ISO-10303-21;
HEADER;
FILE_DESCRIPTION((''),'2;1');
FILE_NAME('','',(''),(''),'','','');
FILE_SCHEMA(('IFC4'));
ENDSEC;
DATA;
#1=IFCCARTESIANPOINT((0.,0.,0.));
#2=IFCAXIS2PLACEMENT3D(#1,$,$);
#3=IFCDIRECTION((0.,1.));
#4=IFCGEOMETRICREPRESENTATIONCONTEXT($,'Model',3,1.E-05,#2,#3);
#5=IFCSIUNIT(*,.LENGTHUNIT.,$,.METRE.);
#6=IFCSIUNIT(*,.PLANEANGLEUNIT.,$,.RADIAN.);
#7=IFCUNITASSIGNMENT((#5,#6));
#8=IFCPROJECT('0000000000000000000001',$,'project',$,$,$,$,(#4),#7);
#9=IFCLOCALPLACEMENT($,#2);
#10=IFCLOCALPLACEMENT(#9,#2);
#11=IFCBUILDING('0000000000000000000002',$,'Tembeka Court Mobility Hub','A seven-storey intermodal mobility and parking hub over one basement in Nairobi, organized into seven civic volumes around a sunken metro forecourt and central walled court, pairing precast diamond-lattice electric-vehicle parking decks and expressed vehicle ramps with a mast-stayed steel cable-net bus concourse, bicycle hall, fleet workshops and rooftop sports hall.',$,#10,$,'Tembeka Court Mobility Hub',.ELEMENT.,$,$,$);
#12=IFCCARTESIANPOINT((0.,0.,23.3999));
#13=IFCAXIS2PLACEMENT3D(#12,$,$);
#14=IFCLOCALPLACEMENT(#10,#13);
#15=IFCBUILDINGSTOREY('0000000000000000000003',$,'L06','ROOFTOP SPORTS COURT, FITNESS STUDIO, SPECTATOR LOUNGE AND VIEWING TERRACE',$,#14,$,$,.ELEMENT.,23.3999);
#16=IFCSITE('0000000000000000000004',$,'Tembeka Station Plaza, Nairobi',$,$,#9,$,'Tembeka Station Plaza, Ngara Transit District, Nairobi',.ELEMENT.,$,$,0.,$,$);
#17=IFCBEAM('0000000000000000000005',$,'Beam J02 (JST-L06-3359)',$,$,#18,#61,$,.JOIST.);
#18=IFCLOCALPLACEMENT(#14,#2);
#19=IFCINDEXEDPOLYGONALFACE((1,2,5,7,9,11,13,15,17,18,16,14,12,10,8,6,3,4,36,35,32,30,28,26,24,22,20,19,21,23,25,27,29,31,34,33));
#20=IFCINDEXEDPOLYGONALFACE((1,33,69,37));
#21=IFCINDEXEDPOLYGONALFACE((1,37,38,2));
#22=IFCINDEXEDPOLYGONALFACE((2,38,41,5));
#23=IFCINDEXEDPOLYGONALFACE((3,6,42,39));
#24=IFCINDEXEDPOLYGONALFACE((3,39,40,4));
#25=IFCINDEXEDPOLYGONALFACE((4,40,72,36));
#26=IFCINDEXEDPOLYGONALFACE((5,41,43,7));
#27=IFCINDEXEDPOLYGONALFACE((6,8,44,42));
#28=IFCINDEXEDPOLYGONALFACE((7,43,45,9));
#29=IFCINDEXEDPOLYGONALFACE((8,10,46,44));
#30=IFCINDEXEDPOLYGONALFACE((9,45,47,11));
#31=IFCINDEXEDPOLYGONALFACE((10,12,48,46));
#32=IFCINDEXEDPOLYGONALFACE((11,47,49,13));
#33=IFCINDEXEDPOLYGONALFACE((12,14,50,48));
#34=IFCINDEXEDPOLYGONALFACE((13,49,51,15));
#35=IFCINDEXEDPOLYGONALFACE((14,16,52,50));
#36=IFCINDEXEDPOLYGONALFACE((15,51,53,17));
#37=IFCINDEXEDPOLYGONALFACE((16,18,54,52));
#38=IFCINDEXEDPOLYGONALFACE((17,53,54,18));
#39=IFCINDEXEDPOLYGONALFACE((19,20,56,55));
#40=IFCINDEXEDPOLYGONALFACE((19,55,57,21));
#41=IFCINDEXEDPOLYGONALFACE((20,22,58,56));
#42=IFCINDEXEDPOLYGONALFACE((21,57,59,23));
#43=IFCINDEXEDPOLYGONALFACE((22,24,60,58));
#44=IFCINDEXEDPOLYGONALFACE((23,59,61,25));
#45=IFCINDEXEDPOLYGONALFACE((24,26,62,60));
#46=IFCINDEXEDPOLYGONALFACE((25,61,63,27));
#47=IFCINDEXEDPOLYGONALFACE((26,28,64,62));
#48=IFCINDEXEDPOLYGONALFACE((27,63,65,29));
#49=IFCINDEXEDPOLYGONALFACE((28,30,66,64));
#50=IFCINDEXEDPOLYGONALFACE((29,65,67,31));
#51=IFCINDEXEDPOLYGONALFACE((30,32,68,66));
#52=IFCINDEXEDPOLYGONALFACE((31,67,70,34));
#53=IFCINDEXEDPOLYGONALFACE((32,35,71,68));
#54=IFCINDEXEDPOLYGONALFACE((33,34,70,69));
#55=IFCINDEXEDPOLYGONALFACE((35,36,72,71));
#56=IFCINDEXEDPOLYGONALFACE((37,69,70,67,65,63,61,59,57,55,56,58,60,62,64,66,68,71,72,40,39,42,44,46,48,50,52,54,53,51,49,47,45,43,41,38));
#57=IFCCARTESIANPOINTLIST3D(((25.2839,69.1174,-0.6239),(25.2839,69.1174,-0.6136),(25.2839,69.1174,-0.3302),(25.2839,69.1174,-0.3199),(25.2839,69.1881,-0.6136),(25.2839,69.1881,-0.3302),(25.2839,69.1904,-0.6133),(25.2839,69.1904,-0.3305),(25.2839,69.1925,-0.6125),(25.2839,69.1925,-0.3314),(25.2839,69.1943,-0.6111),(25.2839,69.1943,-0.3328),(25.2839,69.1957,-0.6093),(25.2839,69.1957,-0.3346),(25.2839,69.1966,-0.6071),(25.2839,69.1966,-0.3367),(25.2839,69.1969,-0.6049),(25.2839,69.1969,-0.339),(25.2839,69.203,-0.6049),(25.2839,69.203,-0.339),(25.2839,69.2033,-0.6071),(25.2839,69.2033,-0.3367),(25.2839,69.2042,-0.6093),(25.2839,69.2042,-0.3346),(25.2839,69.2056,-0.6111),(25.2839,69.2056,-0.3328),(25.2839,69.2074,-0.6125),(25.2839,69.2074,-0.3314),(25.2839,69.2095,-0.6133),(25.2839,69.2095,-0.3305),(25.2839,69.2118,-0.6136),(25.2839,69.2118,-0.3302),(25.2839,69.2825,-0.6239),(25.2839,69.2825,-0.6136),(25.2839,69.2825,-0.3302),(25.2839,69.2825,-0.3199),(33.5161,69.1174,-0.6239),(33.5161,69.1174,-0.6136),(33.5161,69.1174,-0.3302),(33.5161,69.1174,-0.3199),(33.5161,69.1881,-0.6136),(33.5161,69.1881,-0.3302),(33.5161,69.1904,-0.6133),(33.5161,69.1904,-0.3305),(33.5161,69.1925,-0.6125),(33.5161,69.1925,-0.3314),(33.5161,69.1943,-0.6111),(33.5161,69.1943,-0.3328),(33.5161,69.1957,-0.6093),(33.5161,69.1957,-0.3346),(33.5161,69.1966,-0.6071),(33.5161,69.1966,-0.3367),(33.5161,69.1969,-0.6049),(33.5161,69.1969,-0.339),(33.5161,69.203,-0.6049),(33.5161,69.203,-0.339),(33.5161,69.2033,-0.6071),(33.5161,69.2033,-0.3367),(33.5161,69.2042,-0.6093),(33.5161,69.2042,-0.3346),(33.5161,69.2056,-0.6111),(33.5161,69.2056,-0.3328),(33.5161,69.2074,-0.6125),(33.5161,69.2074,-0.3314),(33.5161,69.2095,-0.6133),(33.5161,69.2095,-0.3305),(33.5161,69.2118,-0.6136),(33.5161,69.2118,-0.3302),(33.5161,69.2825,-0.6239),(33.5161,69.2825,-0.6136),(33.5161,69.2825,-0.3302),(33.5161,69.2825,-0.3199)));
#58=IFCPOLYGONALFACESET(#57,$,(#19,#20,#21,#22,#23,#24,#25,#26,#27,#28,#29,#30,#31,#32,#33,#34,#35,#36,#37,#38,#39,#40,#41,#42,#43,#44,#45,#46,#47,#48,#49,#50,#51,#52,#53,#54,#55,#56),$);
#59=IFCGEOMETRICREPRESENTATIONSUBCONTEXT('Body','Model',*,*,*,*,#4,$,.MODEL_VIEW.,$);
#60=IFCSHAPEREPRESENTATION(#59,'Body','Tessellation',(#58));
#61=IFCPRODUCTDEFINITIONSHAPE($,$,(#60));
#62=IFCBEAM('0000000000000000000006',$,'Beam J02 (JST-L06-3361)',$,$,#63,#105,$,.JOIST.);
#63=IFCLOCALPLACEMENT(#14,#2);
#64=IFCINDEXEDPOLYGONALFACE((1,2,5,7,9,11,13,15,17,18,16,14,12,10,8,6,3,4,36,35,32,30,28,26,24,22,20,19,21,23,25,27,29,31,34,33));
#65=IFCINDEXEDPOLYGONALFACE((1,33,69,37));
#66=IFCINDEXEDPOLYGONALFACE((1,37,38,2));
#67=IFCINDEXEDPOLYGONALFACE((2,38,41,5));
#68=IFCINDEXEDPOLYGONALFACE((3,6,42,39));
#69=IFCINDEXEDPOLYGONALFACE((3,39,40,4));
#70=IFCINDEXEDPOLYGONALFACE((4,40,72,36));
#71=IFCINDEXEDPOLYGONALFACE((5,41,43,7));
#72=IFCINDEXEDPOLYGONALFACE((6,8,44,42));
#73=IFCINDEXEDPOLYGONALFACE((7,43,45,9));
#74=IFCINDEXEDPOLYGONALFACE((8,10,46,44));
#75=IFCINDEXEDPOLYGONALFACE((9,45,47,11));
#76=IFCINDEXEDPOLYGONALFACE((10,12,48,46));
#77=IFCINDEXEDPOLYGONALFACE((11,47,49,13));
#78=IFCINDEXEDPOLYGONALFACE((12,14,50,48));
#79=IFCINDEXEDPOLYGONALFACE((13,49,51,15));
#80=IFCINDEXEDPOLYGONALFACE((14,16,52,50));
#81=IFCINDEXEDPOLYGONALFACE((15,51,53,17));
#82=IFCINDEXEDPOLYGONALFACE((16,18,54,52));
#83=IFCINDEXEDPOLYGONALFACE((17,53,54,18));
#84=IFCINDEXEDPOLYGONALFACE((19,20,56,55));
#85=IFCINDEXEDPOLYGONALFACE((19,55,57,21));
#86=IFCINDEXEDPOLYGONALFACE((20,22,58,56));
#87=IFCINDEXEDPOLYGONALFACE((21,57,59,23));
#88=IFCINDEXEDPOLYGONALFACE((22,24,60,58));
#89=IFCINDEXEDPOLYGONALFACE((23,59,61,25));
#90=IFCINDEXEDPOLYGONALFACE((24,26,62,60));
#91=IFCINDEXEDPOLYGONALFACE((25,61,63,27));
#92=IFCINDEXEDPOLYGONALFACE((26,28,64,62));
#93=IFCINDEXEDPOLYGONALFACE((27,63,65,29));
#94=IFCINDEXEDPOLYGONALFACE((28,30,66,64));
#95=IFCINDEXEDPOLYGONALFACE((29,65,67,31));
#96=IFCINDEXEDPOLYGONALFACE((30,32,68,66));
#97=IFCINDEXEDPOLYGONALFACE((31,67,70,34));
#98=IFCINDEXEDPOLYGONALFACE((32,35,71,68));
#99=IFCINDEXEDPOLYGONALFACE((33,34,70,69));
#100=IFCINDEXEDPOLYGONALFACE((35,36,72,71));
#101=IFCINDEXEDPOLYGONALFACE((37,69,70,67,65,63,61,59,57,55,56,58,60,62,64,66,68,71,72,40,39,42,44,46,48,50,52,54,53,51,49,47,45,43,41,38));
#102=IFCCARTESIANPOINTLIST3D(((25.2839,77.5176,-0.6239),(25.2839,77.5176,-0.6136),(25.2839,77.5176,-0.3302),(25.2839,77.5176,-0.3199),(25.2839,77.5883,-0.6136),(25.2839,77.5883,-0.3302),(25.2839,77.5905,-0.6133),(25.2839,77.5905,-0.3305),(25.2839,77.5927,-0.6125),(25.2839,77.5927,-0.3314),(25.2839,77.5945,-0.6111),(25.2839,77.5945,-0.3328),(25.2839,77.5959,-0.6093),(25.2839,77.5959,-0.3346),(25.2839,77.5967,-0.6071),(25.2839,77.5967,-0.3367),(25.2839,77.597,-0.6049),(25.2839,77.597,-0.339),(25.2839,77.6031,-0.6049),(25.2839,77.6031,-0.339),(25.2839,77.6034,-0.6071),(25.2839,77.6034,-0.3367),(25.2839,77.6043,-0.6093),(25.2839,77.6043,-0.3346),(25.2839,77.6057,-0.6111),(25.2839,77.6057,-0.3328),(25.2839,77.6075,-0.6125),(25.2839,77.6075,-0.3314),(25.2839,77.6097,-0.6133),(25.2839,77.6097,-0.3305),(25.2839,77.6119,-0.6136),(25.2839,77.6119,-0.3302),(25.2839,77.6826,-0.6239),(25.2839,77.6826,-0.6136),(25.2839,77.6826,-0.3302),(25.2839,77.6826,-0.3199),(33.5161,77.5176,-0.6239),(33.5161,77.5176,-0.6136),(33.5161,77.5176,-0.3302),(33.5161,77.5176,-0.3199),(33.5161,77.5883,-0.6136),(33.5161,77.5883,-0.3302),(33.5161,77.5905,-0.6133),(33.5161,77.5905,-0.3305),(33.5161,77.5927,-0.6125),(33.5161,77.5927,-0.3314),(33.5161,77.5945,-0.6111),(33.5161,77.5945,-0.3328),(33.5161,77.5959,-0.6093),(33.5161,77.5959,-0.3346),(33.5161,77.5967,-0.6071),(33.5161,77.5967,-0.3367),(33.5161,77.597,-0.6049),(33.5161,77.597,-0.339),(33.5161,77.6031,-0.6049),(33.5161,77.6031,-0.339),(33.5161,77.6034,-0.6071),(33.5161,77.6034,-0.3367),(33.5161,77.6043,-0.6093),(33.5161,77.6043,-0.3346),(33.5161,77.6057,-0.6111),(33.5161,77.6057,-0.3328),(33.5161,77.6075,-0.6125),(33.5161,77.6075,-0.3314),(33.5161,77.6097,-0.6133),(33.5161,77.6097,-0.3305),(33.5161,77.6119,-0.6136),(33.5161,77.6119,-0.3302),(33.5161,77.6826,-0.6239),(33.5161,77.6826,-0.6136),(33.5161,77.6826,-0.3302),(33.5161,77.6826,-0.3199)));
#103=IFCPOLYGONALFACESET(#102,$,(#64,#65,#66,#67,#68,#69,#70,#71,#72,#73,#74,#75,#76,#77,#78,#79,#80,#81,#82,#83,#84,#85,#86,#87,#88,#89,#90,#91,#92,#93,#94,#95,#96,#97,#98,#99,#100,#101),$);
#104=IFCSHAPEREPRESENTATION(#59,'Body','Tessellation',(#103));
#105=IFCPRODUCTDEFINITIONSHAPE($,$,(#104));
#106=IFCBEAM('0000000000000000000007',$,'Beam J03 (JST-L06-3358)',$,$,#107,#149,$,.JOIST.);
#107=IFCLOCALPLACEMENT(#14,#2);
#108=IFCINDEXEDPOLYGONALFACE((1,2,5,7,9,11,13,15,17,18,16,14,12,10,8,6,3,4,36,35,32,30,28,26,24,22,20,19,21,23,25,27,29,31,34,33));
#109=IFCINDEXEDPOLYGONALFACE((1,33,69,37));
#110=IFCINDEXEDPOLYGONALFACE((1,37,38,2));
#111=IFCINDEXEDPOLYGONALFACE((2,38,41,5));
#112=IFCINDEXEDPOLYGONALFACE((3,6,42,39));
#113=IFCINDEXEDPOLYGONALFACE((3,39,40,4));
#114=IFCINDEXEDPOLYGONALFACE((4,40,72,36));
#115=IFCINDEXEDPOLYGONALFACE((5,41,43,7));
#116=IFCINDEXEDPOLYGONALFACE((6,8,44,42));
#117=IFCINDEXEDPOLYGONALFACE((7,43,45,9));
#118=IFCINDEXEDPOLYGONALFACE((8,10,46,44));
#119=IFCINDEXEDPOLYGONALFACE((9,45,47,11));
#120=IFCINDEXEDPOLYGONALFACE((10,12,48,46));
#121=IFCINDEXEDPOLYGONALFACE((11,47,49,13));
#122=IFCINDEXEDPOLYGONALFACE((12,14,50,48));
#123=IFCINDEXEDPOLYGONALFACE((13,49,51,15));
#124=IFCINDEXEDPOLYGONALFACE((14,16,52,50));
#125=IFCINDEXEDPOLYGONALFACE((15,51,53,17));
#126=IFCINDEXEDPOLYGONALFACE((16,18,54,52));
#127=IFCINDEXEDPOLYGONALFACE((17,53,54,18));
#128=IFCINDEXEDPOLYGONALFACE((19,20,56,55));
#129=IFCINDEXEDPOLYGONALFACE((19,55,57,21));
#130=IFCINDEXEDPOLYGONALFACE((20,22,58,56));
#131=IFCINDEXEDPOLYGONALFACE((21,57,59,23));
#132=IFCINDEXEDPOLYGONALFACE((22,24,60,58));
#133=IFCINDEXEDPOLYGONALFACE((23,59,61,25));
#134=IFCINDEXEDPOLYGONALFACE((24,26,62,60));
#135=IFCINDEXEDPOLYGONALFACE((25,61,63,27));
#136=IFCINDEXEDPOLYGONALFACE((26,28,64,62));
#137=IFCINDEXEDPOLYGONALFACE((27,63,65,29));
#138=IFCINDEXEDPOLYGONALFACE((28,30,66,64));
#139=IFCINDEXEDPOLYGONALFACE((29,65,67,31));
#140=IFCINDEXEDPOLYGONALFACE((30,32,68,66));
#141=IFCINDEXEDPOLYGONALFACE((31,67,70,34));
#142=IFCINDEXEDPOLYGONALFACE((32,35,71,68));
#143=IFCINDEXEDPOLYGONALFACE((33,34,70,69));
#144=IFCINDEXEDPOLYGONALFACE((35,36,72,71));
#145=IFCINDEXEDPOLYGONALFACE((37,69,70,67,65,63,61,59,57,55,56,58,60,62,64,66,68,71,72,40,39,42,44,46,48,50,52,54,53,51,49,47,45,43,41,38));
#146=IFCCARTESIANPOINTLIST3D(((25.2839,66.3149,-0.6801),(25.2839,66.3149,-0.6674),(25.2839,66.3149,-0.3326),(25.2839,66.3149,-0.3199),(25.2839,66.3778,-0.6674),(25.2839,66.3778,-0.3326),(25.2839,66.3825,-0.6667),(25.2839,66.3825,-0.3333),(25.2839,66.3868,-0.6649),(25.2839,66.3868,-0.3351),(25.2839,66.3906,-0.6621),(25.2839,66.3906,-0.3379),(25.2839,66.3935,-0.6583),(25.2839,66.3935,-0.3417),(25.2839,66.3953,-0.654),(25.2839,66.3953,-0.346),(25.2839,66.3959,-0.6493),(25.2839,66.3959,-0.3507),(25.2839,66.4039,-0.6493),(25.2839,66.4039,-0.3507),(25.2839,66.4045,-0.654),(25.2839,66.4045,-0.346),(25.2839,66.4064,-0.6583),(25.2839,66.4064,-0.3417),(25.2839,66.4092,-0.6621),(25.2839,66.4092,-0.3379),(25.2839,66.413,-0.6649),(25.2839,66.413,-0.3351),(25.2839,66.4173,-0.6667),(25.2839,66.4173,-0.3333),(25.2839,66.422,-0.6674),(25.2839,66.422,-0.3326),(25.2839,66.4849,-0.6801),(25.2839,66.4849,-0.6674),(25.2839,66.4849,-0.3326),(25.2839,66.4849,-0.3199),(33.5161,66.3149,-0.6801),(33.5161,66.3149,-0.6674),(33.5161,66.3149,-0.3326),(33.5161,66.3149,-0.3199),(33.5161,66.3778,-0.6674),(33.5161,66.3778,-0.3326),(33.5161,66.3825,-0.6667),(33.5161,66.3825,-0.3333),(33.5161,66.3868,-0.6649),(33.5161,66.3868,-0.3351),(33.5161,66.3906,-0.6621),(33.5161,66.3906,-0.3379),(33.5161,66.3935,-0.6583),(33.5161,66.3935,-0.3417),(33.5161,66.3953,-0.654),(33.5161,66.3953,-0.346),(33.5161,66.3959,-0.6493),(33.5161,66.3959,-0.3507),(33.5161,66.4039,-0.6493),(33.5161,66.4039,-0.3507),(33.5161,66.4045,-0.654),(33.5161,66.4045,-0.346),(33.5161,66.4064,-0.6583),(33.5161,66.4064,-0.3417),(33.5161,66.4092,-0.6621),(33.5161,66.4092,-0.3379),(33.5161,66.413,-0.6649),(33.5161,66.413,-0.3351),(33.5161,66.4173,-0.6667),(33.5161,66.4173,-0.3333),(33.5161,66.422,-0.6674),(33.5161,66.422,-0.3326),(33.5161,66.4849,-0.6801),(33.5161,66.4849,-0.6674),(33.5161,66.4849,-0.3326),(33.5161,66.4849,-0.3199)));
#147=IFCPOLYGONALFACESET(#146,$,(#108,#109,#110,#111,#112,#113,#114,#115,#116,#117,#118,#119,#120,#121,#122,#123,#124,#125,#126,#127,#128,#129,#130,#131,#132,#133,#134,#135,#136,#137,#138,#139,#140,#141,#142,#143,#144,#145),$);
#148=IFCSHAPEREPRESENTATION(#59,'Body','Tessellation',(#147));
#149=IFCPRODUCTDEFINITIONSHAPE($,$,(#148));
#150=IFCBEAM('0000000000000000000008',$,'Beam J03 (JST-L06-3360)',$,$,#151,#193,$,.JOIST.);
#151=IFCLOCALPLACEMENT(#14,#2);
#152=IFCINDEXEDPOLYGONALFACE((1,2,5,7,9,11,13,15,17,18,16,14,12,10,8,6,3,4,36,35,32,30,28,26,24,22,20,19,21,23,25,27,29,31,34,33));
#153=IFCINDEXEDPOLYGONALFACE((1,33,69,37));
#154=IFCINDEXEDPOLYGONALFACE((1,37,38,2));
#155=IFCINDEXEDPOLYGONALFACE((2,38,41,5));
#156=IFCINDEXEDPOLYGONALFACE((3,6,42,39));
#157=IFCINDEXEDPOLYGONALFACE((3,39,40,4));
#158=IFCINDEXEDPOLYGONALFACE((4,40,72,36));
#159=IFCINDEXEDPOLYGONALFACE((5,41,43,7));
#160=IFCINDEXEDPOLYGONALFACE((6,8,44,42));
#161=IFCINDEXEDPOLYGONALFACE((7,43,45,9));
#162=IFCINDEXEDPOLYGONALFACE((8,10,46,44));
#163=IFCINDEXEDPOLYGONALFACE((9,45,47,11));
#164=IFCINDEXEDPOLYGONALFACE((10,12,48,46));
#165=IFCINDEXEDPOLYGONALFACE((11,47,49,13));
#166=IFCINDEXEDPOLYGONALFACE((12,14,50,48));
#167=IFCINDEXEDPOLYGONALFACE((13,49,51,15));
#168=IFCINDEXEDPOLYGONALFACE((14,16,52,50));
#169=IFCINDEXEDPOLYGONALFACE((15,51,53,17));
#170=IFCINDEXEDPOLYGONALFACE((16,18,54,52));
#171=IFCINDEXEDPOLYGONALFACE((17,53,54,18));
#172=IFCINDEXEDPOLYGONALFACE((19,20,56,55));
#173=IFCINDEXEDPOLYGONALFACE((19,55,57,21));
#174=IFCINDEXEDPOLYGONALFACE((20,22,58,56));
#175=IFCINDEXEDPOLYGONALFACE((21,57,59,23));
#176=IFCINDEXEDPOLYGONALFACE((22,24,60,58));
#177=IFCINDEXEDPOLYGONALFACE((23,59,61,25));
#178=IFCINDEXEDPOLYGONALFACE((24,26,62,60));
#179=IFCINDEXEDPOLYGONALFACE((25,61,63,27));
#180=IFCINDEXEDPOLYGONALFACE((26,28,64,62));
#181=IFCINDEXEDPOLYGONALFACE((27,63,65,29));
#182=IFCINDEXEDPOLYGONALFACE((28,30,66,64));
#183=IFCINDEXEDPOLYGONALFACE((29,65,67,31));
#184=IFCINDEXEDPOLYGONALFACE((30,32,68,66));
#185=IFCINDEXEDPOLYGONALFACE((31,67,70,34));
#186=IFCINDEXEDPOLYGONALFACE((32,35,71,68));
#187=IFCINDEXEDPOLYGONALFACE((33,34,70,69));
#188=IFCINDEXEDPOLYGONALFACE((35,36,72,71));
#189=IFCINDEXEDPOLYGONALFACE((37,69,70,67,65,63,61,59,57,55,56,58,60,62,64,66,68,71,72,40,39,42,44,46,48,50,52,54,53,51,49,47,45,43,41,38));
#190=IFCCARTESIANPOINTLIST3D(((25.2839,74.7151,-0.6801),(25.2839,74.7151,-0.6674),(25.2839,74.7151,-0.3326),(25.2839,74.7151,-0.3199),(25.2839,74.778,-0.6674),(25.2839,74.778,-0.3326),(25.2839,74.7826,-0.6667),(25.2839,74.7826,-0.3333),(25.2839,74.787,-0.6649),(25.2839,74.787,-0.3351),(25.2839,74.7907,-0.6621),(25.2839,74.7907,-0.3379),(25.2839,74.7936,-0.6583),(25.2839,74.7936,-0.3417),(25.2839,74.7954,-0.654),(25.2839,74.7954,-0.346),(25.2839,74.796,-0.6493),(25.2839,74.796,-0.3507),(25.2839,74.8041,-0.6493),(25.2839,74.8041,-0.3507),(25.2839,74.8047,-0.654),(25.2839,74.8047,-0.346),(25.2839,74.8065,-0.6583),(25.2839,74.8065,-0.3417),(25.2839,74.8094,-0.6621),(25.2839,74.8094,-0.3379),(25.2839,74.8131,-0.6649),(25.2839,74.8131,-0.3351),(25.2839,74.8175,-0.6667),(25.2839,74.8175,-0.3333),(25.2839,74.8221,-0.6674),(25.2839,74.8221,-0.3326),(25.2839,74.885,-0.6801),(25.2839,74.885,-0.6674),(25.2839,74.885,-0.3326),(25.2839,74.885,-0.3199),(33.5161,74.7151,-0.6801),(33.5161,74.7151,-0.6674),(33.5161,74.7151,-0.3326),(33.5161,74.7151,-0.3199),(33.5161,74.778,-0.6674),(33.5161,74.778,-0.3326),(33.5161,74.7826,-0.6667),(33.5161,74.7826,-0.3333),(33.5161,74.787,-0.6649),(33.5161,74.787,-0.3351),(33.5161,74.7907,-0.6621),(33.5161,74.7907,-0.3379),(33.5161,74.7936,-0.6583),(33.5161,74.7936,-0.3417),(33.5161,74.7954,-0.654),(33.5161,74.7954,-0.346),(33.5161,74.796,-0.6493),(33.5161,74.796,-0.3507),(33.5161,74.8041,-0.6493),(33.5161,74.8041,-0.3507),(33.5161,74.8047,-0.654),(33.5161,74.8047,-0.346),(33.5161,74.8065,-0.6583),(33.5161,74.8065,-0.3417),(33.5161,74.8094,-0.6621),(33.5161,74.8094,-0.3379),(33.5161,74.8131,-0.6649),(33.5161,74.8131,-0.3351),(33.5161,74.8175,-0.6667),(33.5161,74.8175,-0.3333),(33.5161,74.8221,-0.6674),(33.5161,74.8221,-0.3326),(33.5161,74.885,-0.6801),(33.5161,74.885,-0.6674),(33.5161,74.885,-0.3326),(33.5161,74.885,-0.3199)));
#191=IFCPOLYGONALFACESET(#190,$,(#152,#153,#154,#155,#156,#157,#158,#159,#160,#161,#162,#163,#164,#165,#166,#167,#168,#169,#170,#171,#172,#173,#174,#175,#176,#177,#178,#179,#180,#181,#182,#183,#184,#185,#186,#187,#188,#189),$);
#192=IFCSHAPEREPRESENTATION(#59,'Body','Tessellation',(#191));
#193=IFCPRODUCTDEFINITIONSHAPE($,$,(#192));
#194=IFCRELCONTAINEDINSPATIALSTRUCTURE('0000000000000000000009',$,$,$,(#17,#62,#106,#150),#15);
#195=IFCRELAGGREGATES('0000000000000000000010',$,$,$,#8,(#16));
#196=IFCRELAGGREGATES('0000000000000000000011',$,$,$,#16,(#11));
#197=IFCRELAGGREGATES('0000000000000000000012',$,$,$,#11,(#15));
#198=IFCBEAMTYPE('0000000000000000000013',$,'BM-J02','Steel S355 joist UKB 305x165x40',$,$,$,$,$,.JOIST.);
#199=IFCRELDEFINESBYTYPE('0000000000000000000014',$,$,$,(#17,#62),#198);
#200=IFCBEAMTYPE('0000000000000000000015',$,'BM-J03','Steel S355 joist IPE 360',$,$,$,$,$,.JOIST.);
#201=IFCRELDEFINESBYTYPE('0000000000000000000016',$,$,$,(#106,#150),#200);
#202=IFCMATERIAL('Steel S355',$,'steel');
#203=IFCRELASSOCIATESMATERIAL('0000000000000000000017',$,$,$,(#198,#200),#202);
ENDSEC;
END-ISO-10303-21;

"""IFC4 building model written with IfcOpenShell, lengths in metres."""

from ifc_helpers import new_model, si_unit, direction, frame, origin, origin_2d, place, context, subcontext, project, spatial, i_section, extrude, material, material_profile, profile_set, type_object, element, save


model = new_model("IFC4")

# Units and contexts
model_context = context("Model", 3, precision=1e-05, world=origin(), true_north=direction((0.0, 1.0)))
body_context = subcontext(model_context, "Body", "Model", "MODEL_VIEW")
ifc_project = project(units=[si_unit("LENGTHUNIT", "METRE"), si_unit("PLANEANGLEUNIT", "RADIAN")], contexts=[model_context])

# Site, building, storey
site_placement = place(None, origin())
site = spatial("IfcSite", under=ifc_project, at=site_placement, Name="Tembeka Station Plaza, Nairobi", LongName="Tembeka Station Plaza, Ngara Transit District, Nairobi", CompositionType="ELEMENT", RefElevation=0.0)
building_placement = place(site_placement, origin())
building = spatial("IfcBuilding", under=site, at=building_placement, Name="Tembeka Court Mobility Hub", Description="A seven-storey intermodal mobility and parking hub over one basement in Nairobi, organized into seven civic volumes around a sunken metro forecourt and central walled court, pairing precast diamond-lattice electric-vehicle parking decks and expressed vehicle ramps with a mast-stayed steel cable-net bus concourse, bicycle hall, fleet workshops and rooftop sports hall.", LongName="Tembeka Court Mobility Hub", CompositionType="ELEMENT")
storey_placement = place(building_placement, frame((0.0, 0.0, 23.3999)))
storey = spatial("IfcBuildingStorey", under=building, at=storey_placement, Name="L06", Description="ROOFTOP SPORTS COURT, FITNESS STUDIO, SPECTATOR LOUNGE AND VIEWING TERRACE", CompositionType="ELEMENT", Elevation=23.3999)

# Beams
ifc_material_1 = material(Name="Steel S355", Category="steel")
ifc_material_profile_1 = material_profile(ifc_material_1, i_section(OverallWidth=0.165, OverallDepth=0.304, WebThickness=0.0061, FlangeThickness=0.0103, FilletRadius=0.0088, at=origin_2d()), Name="UKB 305x165x40")
ifc_profile_set_1 = profile_set([ifc_material_profile_1], Name="Steel S355")
beam_type_1 = type_object("IfcBeamType", Name="BM-J02", Description="Steel S355 joist UKB 305x165x40", PredefinedType="JOIST", material=ifc_profile_set_1)
for number, where, z_axis, x_axis, name in (
    (1, (25.2839, 69.2, -0.4719), (1.0, 0.0, 0.0), (0.0, 1.0, 0.0), "Beam J02 (JST-L06-3359)"),
    (2, (25.2839, 77.6001, -0.4719), (1.0, 0.0, 0.0), (0.0, 1.0, 0.0), "Beam J02 (JST-L06-3361)"),
):
    element("IfcBeam", number, at=place(storey_placement, frame(where, z_axis=z_axis, x_axis=x_axis)), inside=storey, type_object=beam_type_1, Name=name, PredefinedType="JOIST", context=body_context, shape_type="SweptSolid", body=[
        extrude(i_section(OverallWidth=0.165, OverallDepth=0.304, WebThickness=0.0061, FlangeThickness=0.0103, FilletRadius=0.0088, at=origin_2d()), origin(), (0.0, 0.0, 1.0), 8.2322),
    ])
ifc_material_profile_2 = material_profile(ifc_material_1, i_section(OverallWidth=0.1699, OverallDepth=0.3601, WebThickness=0.0081, FlangeThickness=0.0127, FilletRadius=0.0181, at=origin_2d()), Name="IPE 360")
ifc_profile_set_2 = profile_set([ifc_material_profile_2], Name="Steel S355")
beam_type_2 = type_object("IfcBeamType", Name="BM-J03", Description="Steel S355 joist IPE 360", PredefinedType="JOIST", material=ifc_profile_set_2)
for number, where, z_axis, x_axis, name in (
    (3, (25.2839, 66.3999, -0.5), (1.0, 0.0, 0.0), (0.0, 1.0, 0.0), "Beam J03 (JST-L06-3358)"),
    (4, (25.2839, 74.8, -0.5), (1.0, 0.0, 0.0), (0.0, 1.0, 0.0), "Beam J03 (JST-L06-3360)"),
):
    element("IfcBeam", number, at=place(storey_placement, frame(where, z_axis=z_axis, x_axis=x_axis)), inside=storey, type_object=beam_type_2, Name=name, PredefinedType="JOIST", context=body_context, shape_type="SweptSolid", body=[
        extrude(i_section(OverallWidth=0.1699, OverallDepth=0.3601, WebThickness=0.0081, FlangeThickness=0.0127, FilletRadius=0.0181, at=origin_2d()), origin(), (0.0, 0.0, 1.0), 8.2322),
    ])

save(model, "model.ifc")
